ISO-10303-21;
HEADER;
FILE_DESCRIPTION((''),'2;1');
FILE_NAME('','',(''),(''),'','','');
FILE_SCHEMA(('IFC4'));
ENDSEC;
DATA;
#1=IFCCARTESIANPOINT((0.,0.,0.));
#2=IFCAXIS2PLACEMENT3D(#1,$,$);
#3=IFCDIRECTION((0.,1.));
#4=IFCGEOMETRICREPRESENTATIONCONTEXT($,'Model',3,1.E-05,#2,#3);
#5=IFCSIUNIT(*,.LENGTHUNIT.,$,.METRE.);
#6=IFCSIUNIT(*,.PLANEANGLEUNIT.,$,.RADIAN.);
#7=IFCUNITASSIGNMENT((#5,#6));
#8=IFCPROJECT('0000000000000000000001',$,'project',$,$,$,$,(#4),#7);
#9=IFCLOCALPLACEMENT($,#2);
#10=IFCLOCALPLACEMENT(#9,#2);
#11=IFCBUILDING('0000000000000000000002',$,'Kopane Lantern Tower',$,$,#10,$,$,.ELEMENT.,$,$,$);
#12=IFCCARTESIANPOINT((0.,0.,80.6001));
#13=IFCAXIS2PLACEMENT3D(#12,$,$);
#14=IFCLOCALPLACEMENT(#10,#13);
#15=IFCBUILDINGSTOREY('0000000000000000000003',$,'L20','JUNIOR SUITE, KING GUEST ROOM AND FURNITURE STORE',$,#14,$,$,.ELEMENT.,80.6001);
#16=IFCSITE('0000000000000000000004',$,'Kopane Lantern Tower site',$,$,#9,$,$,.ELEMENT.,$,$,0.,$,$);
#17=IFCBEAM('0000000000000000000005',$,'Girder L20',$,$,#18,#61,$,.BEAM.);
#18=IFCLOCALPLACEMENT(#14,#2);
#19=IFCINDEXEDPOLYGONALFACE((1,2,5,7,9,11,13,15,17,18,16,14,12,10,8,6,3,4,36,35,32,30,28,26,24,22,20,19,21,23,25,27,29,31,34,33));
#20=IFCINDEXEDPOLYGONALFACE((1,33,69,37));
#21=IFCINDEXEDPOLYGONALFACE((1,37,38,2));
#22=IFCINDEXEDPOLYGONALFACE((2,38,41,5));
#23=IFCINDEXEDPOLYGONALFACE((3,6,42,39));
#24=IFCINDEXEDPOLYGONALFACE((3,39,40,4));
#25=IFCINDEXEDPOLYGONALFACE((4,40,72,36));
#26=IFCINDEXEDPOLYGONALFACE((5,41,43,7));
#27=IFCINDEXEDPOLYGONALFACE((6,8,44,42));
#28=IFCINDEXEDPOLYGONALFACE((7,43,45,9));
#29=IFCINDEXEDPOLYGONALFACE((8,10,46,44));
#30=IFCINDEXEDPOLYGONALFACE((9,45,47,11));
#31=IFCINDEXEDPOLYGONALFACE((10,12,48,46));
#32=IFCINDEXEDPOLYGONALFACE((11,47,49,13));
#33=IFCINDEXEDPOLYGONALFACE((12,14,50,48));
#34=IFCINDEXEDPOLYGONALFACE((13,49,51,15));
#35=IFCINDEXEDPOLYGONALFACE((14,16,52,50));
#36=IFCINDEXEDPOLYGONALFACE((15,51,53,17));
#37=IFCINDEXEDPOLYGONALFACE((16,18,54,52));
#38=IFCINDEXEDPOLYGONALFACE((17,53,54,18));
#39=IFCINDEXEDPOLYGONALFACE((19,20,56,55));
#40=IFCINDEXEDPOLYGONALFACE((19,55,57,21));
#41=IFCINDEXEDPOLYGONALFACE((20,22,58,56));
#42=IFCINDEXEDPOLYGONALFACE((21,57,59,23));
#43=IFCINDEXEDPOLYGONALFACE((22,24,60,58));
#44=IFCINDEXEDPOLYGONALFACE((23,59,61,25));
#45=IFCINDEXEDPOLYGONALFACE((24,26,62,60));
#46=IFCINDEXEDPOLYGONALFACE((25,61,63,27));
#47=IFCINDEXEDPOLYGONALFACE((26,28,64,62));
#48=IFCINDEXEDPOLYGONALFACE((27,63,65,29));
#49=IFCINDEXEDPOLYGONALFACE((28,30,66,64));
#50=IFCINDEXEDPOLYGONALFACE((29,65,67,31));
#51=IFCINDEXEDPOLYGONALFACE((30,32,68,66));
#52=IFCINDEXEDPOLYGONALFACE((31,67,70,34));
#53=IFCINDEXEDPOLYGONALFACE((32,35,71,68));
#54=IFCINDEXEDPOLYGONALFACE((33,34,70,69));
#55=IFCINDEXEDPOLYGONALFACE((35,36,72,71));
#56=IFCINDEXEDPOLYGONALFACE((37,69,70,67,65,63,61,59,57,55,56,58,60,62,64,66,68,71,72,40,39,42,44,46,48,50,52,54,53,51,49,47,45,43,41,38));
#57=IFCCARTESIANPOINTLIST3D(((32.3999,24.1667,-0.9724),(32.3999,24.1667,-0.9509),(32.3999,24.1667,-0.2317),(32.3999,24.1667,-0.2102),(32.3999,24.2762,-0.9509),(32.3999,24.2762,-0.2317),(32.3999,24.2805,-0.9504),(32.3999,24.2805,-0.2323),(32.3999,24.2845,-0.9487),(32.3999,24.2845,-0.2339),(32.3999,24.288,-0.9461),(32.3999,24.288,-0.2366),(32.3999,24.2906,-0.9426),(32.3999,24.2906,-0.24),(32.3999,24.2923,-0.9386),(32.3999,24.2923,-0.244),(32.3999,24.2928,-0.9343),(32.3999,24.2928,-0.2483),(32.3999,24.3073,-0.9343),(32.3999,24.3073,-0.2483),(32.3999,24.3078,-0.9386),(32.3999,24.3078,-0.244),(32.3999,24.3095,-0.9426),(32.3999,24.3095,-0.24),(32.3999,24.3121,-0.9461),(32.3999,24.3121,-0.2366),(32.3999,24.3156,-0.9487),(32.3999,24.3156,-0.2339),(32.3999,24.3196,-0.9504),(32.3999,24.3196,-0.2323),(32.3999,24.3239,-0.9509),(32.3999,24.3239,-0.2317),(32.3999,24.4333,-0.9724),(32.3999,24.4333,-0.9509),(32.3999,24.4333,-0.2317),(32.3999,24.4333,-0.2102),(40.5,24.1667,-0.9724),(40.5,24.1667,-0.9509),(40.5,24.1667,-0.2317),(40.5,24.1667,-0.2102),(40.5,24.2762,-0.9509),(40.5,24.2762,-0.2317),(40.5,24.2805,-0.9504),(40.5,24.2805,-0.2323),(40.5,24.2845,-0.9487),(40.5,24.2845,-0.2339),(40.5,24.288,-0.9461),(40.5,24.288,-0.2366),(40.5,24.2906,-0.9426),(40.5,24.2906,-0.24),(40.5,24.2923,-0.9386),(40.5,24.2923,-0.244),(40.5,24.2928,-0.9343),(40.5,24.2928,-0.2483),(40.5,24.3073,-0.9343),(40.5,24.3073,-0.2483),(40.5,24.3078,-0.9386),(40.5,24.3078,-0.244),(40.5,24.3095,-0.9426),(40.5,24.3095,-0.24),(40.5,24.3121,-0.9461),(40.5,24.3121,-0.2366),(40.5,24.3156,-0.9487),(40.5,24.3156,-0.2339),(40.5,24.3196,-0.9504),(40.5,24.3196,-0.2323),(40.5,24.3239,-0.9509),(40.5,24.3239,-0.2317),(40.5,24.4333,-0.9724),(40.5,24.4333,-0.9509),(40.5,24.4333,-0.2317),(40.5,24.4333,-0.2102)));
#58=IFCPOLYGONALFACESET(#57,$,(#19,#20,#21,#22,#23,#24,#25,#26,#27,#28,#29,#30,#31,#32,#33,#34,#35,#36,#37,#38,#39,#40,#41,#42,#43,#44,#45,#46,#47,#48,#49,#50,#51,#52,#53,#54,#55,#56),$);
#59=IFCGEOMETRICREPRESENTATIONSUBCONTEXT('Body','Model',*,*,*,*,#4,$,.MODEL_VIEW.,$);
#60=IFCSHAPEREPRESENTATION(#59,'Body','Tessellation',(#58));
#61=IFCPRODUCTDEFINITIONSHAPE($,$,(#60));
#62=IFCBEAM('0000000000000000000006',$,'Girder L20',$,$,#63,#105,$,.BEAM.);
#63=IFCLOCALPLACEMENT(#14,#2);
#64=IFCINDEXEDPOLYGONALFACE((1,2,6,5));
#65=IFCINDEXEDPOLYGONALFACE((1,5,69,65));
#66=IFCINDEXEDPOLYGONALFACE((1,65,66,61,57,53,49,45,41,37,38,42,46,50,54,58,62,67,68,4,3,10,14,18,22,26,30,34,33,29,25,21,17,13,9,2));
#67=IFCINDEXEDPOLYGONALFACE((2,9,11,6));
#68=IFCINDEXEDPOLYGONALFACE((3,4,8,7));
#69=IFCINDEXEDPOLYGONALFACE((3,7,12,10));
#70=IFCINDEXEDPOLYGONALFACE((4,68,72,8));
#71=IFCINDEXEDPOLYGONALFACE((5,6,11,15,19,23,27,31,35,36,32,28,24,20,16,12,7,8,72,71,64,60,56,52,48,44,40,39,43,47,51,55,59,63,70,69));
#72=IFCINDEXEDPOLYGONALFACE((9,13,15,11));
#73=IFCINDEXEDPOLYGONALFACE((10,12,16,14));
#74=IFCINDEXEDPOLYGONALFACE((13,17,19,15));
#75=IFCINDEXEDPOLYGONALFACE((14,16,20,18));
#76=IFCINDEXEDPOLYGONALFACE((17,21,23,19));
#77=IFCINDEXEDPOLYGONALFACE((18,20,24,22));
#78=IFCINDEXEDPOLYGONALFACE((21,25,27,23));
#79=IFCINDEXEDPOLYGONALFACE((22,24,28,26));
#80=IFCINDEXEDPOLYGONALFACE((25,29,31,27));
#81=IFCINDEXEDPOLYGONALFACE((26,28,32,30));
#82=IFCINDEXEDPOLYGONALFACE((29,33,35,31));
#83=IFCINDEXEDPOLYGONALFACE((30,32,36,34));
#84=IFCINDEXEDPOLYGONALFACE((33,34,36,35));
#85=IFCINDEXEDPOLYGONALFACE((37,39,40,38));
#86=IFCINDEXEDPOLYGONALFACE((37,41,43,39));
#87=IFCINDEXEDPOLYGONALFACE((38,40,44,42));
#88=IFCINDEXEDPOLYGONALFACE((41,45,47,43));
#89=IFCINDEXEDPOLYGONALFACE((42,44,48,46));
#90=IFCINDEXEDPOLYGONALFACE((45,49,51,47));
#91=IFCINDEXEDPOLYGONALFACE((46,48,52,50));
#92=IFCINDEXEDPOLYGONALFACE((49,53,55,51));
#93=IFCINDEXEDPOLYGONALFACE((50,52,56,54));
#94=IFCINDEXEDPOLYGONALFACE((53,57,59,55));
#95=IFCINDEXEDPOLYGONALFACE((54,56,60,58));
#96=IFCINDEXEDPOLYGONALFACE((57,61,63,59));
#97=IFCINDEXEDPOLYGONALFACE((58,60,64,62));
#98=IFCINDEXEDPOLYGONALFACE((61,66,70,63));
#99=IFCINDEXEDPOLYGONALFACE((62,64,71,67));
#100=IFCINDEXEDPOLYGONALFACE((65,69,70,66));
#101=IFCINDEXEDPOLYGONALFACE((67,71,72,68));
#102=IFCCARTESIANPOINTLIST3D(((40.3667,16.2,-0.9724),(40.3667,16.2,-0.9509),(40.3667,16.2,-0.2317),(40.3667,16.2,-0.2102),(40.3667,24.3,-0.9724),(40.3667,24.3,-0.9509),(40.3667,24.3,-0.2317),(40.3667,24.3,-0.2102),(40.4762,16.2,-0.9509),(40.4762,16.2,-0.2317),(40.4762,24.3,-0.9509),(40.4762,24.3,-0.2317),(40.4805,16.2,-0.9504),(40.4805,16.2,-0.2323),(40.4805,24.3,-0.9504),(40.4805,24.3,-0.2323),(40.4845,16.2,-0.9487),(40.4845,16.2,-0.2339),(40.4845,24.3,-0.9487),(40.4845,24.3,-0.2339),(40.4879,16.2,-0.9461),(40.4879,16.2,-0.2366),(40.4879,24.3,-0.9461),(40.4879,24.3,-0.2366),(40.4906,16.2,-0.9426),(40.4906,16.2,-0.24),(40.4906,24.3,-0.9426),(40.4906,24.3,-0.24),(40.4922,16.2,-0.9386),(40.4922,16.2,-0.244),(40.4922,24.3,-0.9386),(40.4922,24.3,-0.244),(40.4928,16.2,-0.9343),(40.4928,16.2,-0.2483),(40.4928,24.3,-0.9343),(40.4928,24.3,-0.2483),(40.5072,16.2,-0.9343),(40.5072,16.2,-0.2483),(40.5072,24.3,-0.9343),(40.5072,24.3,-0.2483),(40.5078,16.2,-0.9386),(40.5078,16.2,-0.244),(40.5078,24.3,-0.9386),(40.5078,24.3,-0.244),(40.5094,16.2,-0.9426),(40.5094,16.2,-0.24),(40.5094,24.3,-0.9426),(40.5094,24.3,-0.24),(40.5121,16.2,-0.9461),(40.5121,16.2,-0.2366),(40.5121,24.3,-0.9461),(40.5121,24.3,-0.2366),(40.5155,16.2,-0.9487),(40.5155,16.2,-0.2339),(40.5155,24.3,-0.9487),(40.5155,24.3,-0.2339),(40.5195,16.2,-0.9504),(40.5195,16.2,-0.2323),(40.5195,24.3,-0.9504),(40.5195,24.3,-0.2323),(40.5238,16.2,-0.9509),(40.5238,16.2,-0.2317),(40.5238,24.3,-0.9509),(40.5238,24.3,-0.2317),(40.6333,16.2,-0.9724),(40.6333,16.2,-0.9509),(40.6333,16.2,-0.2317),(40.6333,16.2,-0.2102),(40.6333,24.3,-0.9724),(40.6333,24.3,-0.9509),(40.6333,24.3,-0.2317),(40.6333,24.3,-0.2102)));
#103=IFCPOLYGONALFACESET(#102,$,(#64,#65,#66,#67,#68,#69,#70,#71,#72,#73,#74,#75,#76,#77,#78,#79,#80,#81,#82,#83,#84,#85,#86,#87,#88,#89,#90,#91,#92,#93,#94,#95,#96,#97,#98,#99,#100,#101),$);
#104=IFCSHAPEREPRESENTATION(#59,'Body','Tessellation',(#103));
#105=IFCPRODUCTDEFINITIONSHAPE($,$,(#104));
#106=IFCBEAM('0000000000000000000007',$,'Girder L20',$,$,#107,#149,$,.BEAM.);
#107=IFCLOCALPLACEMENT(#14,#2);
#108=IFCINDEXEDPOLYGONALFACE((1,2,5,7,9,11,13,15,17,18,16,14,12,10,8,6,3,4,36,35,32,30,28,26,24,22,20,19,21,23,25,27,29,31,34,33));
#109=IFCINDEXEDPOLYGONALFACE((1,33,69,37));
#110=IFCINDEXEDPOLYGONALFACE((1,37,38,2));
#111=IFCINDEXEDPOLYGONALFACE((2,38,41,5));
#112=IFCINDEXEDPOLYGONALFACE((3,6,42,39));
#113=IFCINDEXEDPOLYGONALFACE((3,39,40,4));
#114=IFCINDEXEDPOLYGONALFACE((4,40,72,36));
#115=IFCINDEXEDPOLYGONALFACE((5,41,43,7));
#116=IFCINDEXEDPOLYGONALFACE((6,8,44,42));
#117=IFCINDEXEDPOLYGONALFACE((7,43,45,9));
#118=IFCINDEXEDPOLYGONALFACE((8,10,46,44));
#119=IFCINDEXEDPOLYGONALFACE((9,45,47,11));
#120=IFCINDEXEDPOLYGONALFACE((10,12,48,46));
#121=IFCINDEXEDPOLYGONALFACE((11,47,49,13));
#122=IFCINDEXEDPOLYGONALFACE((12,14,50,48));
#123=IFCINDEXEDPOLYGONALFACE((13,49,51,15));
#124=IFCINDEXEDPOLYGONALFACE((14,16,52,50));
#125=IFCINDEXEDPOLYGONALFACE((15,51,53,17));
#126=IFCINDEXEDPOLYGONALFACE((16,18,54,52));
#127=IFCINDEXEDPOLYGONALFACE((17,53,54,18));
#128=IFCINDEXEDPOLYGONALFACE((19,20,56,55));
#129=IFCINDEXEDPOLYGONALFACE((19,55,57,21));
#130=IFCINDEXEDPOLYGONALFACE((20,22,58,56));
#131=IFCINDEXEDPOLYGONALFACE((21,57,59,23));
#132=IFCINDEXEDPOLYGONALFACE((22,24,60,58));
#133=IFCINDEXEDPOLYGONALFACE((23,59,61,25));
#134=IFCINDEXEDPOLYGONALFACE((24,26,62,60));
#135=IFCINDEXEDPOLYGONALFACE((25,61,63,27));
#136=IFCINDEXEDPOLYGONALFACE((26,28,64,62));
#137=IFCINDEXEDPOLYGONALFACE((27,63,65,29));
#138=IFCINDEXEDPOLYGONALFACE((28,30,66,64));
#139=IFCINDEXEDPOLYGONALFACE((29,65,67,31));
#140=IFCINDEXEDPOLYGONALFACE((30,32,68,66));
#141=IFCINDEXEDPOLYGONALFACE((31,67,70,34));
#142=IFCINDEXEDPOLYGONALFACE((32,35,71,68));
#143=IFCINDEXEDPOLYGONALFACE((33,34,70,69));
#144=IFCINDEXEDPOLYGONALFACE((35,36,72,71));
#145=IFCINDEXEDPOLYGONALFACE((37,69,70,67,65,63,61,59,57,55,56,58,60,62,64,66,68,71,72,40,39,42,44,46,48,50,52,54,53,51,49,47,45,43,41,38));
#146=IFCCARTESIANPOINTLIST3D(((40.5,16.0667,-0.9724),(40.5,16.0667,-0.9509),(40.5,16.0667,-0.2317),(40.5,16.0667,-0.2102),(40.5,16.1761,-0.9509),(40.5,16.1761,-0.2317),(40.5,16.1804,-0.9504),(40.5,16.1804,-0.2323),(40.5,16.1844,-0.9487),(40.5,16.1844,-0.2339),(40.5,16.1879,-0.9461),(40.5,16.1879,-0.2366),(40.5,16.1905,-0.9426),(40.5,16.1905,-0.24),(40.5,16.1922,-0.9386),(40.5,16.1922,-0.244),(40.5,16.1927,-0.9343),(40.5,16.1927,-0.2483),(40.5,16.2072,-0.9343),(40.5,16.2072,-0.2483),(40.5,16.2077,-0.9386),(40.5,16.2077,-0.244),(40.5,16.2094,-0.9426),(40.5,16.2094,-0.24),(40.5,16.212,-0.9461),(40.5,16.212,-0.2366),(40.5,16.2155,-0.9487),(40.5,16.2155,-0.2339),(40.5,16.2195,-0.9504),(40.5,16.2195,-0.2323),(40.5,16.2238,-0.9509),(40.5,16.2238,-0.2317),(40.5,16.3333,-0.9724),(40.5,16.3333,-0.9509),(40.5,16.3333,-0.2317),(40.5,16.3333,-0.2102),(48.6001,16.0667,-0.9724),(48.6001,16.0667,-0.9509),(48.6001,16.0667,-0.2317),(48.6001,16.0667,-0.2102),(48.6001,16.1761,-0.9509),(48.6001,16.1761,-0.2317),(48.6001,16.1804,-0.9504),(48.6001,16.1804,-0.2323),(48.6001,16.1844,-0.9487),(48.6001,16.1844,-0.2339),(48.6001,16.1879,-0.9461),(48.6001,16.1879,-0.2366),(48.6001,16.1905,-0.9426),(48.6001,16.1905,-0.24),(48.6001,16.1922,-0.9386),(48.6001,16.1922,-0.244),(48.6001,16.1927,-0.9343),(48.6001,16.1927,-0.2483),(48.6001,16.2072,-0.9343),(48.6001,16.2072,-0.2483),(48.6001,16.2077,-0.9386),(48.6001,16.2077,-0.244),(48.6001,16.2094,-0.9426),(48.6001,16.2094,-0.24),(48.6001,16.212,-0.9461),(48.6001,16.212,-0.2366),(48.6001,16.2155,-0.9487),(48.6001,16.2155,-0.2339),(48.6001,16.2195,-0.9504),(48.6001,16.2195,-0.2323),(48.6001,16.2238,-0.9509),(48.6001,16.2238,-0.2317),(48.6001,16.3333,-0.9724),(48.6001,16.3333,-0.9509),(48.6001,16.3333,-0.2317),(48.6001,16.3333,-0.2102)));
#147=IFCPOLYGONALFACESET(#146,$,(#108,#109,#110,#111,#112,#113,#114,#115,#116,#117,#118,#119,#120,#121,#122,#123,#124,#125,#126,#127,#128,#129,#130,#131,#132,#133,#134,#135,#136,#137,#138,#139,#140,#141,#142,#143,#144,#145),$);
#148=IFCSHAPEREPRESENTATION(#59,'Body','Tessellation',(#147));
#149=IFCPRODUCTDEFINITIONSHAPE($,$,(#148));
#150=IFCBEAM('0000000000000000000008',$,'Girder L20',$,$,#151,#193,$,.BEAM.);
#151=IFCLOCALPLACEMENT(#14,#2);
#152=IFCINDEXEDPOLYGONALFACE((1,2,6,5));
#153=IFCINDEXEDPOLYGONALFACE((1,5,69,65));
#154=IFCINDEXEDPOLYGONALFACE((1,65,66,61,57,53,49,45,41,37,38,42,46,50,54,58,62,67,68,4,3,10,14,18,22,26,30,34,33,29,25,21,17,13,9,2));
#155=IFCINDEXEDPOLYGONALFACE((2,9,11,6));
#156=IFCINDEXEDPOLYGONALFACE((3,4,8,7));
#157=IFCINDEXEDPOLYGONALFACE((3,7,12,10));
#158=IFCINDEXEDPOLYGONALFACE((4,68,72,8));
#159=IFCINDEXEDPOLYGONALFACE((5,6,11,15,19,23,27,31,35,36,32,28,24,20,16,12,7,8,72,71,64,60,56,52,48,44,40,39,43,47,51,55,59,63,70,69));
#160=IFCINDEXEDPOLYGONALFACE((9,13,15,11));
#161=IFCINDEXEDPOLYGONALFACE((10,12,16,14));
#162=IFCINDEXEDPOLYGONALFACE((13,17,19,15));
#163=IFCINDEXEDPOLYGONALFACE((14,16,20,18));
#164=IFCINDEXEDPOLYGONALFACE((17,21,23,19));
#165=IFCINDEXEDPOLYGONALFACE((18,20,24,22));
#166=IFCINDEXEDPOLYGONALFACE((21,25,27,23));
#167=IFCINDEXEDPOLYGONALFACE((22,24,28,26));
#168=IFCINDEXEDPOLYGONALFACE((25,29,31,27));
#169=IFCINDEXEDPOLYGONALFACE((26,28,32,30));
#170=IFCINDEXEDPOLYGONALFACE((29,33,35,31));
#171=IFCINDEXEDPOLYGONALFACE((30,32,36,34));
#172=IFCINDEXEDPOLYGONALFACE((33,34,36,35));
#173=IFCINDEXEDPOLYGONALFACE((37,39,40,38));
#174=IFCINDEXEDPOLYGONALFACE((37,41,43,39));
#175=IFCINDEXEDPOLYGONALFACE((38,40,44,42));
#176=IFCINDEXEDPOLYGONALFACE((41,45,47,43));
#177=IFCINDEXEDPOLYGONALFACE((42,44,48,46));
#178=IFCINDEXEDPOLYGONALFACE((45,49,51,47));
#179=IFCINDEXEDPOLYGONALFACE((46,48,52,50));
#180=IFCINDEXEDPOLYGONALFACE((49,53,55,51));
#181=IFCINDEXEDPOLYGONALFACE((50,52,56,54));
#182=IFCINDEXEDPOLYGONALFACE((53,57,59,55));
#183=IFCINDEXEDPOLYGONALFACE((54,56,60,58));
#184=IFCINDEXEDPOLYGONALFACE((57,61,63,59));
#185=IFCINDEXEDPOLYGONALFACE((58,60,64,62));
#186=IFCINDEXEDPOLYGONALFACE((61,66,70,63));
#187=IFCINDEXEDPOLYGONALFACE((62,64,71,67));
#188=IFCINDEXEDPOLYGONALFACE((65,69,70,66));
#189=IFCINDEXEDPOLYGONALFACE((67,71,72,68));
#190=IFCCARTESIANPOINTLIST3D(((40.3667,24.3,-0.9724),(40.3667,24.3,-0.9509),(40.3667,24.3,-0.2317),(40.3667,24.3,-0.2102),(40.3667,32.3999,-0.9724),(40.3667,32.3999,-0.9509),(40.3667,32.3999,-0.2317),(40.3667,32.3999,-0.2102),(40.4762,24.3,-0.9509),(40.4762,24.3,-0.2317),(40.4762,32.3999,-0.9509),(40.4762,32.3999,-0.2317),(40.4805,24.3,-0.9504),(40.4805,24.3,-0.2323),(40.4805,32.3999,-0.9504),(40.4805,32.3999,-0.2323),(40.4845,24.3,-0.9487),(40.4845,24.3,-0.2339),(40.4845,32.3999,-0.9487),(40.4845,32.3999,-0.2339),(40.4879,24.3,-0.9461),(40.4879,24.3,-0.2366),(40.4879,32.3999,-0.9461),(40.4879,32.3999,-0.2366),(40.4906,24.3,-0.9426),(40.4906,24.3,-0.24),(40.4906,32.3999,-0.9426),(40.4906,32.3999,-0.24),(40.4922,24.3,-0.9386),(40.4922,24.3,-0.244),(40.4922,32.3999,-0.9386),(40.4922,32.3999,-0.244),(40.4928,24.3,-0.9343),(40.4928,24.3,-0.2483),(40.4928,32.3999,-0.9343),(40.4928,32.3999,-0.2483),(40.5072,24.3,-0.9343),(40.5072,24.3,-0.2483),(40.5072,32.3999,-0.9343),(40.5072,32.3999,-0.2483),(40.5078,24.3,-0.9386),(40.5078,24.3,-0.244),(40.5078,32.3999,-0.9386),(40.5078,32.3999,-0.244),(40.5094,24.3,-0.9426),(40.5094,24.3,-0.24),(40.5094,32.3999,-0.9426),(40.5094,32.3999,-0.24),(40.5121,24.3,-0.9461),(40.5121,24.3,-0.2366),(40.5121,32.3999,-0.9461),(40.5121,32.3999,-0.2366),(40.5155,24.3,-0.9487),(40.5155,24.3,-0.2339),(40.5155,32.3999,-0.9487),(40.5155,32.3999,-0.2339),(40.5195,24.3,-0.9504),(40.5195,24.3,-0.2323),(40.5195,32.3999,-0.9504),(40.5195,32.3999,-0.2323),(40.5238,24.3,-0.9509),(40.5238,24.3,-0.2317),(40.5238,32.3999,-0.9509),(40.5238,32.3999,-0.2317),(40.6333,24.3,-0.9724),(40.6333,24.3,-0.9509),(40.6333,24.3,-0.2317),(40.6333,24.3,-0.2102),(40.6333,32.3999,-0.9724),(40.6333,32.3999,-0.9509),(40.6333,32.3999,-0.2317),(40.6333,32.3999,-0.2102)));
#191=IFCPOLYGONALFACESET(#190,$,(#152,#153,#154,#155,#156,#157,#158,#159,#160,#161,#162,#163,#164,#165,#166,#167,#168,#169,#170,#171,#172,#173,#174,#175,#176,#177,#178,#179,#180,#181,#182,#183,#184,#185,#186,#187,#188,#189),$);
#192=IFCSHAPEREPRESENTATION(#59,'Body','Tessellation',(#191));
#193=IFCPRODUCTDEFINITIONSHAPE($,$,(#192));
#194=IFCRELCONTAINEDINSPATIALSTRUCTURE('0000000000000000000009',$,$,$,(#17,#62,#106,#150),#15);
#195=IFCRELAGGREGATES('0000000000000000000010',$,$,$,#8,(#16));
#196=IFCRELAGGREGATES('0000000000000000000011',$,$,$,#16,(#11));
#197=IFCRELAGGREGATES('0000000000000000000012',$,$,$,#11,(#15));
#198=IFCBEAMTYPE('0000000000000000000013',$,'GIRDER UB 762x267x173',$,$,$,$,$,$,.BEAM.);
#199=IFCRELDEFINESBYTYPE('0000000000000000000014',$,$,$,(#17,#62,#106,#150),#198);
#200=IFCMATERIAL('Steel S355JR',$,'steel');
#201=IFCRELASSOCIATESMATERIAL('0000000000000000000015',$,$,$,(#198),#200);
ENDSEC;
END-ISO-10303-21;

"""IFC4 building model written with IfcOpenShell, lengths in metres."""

from ifc_helpers import new_model, si_unit, direction, frame, origin, origin_2d, place, context, subcontext, project, spatial, i_section, extrude, material, material_profile, profile_set, type_object, element, save


model = new_model("IFC4")

# Units and contexts
model_context = context("Model", 3, precision=1e-05, world=origin(), true_north=direction((0.0, 1.0)))
body_context = subcontext(model_context, "Body", "Model", "MODEL_VIEW")
ifc_project = project(units=[si_unit("LENGTHUNIT", "METRE"), si_unit("PLANEANGLEUNIT", "RADIAN")], contexts=[model_context])

# Site, building, storey
site_placement = place(None, origin())
site = spatial("IfcSite", under=ifc_project, at=site_placement, Name="Kopane Lantern Tower site", CompositionType="ELEMENT", RefElevation=0.0)
building_placement = place(site_placement, origin())
building = spatial("IfcBuilding", under=site, at=building_placement, Name="Kopane Lantern Tower", CompositionType="ELEMENT")
storey_placement = place(building_placement, frame((0.0, 0.0, 80.6001)))
storey = spatial("IfcBuildingStorey", under=building, at=storey_placement, Name="L20", Description="JUNIOR SUITE, KING GUEST ROOM AND FURNITURE STORE", CompositionType="ELEMENT", Elevation=80.6001)

# Beams
ifc_material_1 = material(Name="Steel S355JR", Category="steel")
ifc_material_profile_1 = material_profile(ifc_material_1, i_section(OverallWidth=0.2666, OverallDepth=0.7622, WebThickness=0.0144, FlangeThickness=0.0215, FilletRadius=0.0166, at=origin_2d()), Name="UB 762x267x173")
ifc_profile_set_1 = profile_set([ifc_material_profile_1], Name="Steel S355JR")
beam_type_1 = type_object("IfcBeamType", Name="GIRDER UB 762x267x173", PredefinedType="BEAM", material=ifc_profile_set_1)
for number, where, z_axis, x_axis, name in (
    (1, (32.3999, 24.3, -0.5913), (1.0, 0.0, 0.0), (0.0, 1.0, 0.0), "Girder L20"),
    (2, (40.5, 16.2, -0.5913), (0.0, 1.0, 0.0), (-1.0, 0.0, 0.0), "Girder L20"),
    (3, (40.5, 16.2, -0.5913), (1.0, 0.0, 0.0), (0.0, 1.0, 0.0), "Girder L20"),
):
    element("IfcBeam", number, at=place(storey_placement, frame(where, z_axis=z_axis, x_axis=x_axis)), inside=storey, type_object=beam_type_1, Name=name, PredefinedType="BEAM", context=body_context, shape_type="SweptSolid", body=[
        extrude(i_section(OverallWidth=0.2666, OverallDepth=0.7622, WebThickness=0.0144, FlangeThickness=0.0215, FilletRadius=0.0166, at=origin_2d()), origin(), (0.0, 0.0, 1.0), 8.1001),
    ])
beam_1_placement = place(storey_placement, frame((40.5, 24.3, -0.5913), z_axis=(0.0, 1.0, 0.0), x_axis=(-1.0, 0.0, 0.0)))
element("IfcBeam", 4, at=beam_1_placement, inside=storey, type_object=beam_type_1, Name="Girder L20", PredefinedType="BEAM", context=body_context, shape_type="SweptSolid", body=[
    extrude(i_section(OverallWidth=0.2666, OverallDepth=0.7622, WebThickness=0.0144, FlangeThickness=0.0215, FilletRadius=0.0166, at=origin_2d()), origin(), (0.0, 0.0, 1.0), 8.0999),
])

save(model, "model.ifc")
